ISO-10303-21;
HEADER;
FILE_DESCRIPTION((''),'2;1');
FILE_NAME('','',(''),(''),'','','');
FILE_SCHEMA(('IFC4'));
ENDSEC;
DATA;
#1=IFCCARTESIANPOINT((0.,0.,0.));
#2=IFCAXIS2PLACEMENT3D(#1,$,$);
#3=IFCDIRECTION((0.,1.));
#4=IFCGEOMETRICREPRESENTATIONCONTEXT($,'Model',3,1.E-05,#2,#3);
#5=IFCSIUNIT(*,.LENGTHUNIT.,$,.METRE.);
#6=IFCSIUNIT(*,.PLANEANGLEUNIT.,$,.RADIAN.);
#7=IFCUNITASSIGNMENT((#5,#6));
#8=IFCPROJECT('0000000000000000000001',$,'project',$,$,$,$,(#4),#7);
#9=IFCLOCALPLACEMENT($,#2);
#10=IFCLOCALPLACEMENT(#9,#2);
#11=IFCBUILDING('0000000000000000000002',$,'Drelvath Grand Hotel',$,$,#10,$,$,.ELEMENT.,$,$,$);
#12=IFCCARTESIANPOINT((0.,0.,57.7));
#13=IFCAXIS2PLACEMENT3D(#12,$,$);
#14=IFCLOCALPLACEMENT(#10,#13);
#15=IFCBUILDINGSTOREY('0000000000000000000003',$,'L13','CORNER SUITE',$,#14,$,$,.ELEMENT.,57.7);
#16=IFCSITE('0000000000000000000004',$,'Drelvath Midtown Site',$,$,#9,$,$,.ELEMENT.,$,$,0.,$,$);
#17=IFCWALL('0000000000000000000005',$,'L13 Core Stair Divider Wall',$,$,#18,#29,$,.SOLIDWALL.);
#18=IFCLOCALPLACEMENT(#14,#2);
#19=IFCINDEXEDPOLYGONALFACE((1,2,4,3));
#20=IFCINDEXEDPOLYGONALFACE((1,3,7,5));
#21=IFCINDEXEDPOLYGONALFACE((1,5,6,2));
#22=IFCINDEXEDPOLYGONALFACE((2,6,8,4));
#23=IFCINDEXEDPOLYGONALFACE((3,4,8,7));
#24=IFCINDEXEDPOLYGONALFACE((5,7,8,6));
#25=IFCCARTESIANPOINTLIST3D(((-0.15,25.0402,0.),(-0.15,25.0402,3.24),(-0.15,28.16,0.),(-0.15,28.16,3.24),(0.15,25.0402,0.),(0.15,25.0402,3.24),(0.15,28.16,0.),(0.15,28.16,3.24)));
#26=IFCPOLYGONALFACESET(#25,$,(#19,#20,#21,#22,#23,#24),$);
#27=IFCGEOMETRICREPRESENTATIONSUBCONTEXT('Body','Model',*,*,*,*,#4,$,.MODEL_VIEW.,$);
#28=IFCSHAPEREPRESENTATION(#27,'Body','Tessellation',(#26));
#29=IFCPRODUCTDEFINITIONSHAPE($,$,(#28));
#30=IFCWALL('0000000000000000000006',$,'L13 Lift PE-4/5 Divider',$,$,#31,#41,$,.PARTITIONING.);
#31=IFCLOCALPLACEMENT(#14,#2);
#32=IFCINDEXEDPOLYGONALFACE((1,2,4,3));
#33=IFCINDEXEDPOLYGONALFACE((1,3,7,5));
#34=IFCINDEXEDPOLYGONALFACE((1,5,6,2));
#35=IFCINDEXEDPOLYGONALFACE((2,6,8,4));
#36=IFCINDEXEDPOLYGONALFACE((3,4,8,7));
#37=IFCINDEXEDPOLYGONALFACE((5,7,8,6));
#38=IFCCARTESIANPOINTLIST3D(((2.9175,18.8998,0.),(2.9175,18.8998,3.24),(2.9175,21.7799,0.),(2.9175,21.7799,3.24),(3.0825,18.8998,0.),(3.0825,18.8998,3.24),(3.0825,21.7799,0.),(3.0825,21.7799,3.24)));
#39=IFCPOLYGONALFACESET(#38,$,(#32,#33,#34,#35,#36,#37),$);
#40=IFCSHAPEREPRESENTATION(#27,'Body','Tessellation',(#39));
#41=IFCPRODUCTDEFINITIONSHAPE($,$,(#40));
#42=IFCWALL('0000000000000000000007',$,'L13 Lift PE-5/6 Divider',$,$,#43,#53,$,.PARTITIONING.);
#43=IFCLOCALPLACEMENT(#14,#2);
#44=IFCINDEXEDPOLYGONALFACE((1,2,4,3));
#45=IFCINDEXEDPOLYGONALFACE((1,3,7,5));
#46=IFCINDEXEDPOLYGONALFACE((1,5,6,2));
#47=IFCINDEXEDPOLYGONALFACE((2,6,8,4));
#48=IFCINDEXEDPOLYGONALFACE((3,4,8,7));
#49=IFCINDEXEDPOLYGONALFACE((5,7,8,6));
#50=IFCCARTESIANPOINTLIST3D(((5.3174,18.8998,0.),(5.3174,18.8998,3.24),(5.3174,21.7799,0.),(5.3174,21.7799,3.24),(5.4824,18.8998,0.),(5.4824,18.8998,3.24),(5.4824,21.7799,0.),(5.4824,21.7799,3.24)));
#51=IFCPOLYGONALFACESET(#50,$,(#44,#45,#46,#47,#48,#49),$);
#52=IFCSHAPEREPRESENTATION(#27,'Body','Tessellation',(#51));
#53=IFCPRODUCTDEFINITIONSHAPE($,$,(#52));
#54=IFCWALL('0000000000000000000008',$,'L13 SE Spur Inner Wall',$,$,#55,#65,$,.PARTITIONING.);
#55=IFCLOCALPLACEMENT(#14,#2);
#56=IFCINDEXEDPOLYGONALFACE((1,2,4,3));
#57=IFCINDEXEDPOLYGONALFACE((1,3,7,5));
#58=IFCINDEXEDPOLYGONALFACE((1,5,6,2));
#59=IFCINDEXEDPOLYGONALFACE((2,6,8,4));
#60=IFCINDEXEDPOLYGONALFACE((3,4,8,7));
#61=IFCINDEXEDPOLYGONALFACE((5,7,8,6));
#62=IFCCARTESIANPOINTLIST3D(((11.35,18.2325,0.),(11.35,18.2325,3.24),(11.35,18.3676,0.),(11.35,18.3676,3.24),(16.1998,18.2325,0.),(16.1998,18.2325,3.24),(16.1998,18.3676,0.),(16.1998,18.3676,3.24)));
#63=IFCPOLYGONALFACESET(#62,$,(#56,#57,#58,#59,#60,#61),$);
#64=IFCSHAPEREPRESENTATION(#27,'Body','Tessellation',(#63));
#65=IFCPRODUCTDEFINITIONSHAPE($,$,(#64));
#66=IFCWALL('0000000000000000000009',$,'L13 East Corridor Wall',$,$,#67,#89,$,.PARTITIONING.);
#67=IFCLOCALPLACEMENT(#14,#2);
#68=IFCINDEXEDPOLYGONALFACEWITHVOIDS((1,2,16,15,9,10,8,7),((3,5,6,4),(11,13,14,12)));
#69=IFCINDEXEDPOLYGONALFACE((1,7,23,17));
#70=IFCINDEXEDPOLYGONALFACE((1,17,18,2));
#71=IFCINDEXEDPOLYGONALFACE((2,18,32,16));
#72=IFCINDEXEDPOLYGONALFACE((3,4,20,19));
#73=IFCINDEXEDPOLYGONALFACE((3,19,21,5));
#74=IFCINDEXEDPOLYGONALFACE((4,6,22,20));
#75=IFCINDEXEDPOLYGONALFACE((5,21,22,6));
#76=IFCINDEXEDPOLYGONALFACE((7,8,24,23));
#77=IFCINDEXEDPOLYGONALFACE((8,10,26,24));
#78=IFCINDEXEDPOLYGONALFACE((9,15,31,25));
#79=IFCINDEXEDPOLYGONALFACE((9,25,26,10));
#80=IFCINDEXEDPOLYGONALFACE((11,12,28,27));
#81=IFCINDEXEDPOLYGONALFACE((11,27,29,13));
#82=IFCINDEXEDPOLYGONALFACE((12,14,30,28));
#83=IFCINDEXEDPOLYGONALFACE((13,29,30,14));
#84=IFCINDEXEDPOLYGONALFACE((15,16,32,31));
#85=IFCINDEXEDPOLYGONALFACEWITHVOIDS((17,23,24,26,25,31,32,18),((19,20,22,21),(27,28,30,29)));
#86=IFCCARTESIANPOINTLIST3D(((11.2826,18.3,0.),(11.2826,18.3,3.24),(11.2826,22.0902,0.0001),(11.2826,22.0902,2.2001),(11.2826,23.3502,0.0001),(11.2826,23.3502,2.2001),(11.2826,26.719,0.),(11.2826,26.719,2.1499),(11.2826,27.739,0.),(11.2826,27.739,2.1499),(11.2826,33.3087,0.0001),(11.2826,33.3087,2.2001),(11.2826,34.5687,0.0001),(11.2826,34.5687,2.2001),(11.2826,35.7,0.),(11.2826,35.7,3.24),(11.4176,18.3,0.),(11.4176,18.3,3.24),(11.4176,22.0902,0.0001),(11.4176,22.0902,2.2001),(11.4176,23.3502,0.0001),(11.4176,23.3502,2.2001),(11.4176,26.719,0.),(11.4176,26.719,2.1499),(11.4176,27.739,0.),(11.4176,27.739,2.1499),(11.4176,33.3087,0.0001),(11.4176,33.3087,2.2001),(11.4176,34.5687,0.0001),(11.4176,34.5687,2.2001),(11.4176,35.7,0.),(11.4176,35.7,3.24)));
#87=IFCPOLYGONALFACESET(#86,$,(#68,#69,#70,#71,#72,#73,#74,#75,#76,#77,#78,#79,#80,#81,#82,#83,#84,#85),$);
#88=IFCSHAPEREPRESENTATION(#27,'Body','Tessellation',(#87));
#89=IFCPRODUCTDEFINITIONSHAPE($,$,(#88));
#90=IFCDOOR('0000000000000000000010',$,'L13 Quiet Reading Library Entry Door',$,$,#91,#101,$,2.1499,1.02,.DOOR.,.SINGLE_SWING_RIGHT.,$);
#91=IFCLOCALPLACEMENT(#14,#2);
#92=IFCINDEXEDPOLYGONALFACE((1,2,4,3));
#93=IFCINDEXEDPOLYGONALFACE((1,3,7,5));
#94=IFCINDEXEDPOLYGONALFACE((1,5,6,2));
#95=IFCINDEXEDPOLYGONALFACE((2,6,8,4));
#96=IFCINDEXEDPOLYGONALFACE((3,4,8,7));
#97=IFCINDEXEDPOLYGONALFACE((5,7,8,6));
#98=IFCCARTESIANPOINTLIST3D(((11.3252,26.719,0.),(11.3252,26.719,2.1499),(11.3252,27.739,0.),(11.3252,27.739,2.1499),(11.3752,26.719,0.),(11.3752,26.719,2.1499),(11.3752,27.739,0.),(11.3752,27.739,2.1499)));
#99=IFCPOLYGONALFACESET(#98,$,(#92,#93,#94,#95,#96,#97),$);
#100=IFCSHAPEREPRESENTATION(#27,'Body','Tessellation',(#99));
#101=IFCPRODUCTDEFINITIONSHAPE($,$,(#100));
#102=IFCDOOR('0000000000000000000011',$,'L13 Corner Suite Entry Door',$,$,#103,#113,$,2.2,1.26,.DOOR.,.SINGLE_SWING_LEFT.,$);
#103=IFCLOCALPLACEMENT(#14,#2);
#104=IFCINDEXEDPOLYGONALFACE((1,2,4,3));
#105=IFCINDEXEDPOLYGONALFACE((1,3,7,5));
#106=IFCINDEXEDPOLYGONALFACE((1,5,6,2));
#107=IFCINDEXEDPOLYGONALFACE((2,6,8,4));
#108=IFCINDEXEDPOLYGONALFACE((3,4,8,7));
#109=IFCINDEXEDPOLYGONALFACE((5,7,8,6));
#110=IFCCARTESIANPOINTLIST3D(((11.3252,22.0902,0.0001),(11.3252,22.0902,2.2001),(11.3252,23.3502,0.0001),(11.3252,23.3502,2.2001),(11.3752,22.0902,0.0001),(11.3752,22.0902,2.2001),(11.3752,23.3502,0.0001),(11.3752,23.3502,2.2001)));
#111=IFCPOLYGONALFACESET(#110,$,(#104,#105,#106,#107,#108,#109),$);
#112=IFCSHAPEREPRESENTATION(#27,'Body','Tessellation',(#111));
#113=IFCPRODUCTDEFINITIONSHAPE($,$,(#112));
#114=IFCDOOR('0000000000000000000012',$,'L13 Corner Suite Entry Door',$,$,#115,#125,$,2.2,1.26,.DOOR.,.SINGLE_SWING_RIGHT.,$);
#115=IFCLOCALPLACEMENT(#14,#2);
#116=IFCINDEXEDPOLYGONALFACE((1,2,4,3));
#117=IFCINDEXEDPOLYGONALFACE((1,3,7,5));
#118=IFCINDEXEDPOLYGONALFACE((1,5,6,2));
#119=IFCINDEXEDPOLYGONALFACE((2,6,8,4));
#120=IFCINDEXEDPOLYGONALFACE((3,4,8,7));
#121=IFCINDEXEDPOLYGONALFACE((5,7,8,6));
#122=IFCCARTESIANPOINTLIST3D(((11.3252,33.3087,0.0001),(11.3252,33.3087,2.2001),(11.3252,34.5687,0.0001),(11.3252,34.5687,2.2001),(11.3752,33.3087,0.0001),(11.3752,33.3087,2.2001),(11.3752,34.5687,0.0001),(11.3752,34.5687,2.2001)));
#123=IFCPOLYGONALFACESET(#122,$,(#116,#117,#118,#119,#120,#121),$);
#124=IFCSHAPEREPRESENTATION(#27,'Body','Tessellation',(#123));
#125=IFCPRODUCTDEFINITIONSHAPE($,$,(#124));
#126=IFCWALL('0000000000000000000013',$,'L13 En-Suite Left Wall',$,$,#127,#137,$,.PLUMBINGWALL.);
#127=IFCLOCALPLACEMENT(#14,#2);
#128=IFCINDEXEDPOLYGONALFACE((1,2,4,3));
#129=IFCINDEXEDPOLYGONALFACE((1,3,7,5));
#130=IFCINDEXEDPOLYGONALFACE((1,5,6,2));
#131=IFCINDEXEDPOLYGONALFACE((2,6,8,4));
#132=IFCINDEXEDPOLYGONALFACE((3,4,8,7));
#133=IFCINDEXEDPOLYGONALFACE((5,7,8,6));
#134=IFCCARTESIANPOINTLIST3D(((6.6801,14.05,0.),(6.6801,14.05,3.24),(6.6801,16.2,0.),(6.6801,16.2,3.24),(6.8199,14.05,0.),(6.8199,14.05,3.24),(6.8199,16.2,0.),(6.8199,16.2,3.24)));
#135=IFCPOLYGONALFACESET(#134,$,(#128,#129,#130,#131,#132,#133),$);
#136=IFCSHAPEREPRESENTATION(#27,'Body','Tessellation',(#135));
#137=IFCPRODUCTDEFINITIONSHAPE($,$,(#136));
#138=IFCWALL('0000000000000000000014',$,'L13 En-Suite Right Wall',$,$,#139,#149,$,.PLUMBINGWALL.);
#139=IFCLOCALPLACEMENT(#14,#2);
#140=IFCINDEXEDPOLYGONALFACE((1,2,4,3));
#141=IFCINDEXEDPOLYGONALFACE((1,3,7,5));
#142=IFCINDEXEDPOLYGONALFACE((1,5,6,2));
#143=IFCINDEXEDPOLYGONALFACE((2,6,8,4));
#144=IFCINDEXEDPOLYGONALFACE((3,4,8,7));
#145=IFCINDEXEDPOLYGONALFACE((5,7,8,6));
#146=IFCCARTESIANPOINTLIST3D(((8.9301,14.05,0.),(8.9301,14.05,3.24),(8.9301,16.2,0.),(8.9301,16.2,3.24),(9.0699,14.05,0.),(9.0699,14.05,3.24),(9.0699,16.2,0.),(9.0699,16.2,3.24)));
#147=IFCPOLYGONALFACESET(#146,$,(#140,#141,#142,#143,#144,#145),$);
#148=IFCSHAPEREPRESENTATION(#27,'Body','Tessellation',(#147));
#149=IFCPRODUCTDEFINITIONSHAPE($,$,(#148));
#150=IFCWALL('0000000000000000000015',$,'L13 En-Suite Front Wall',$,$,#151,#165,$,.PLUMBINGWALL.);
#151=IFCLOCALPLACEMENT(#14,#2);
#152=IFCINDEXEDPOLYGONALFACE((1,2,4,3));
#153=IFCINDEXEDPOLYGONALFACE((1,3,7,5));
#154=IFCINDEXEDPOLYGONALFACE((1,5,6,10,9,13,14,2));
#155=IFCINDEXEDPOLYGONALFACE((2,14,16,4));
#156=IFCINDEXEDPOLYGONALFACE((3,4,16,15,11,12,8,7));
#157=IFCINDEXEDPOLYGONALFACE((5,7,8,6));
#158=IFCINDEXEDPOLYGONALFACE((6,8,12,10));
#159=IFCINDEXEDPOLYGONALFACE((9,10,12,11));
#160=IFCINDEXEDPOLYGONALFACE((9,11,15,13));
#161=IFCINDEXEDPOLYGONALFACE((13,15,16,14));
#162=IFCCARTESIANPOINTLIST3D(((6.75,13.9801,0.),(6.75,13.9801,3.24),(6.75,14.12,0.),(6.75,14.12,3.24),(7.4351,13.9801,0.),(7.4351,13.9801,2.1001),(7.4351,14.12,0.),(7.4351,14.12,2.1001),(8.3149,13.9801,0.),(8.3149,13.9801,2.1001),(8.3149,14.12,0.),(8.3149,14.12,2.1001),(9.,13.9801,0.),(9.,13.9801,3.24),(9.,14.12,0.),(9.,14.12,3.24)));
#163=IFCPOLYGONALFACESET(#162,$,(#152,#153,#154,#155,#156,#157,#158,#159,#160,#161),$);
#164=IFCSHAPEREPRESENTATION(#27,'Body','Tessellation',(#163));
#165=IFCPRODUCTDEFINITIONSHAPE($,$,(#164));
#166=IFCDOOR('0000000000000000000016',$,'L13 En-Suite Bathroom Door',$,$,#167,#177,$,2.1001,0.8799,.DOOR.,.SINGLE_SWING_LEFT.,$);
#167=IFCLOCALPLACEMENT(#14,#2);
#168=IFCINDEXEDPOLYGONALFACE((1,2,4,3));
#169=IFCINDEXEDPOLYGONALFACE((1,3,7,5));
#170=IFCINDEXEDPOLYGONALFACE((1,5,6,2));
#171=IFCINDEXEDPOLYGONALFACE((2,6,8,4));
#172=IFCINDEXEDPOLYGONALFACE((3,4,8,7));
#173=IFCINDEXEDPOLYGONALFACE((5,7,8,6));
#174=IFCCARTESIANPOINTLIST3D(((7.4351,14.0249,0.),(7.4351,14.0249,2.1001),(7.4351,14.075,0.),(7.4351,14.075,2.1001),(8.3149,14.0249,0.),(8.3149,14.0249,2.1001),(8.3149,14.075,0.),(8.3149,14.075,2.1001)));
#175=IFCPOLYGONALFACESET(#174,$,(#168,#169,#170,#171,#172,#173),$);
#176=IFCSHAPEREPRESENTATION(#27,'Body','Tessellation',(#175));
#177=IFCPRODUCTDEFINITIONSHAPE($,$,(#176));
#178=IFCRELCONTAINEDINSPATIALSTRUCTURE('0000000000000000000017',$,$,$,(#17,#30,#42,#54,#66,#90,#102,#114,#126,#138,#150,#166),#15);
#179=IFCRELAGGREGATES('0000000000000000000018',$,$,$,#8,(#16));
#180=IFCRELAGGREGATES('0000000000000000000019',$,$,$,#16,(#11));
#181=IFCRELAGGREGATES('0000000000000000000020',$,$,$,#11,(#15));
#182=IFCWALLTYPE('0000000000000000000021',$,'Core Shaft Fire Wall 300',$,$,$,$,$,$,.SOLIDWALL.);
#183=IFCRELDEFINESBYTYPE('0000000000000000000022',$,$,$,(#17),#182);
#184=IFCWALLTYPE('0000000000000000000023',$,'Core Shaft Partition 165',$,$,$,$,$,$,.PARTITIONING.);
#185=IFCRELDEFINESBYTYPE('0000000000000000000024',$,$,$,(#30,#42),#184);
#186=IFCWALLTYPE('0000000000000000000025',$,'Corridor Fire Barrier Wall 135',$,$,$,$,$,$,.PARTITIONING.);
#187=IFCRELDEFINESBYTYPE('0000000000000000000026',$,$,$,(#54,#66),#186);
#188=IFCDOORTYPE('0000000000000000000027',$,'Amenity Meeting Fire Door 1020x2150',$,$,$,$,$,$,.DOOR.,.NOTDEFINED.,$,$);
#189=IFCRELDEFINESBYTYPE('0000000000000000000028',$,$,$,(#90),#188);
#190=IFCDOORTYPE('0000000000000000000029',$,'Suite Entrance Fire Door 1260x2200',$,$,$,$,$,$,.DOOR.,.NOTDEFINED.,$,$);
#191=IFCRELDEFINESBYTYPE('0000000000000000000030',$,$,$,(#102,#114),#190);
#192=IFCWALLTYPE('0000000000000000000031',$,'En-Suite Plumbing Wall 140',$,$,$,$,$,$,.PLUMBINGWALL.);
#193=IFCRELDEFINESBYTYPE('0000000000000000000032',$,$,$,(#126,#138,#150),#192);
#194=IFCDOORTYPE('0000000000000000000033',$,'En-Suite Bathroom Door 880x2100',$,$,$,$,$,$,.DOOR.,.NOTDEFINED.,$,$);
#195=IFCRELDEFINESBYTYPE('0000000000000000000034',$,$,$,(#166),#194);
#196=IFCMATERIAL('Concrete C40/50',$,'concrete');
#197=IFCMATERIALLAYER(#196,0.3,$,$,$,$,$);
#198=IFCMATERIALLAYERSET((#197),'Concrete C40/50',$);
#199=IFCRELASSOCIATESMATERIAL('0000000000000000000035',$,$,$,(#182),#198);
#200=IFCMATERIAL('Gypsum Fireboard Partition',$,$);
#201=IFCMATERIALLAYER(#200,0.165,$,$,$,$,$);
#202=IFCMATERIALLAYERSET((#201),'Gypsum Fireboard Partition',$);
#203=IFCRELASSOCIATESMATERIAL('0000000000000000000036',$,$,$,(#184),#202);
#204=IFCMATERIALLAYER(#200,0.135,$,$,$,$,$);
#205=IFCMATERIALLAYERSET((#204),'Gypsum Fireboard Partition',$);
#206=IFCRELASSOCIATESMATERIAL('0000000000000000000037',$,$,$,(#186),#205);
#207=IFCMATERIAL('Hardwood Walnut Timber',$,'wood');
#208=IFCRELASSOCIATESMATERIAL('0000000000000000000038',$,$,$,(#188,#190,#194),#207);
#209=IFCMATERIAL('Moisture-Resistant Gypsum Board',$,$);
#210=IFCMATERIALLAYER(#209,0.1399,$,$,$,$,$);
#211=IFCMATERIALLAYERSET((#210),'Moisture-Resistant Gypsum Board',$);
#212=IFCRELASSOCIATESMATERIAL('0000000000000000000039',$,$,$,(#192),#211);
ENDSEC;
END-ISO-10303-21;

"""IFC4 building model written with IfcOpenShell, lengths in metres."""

from ifc_helpers import new_model, si_unit, direction, frame, frame_2d, origin, place, context, subcontext, project, spatial, rectangle, extrude, material, layer, layer_set, type_object, element, fill, save


model = new_model("IFC4")

# Units and contexts
model_context = context("Model", 3, precision=1e-05, world=origin(), true_north=direction((0.0, 1.0)))
body_context = subcontext(model_context, "Body", "Model", "MODEL_VIEW")
ifc_project = project(units=[si_unit("LENGTHUNIT", "METRE"), si_unit("PLANEANGLEUNIT", "RADIAN")], contexts=[model_context])

# Site, building, storey
site_placement = place(None, origin())
site = spatial("IfcSite", under=ifc_project, at=site_placement, Name="Drelvath Midtown Site", CompositionType="ELEMENT", RefElevation=0.0)
building_placement = place(site_placement, origin())
building = spatial("IfcBuilding", under=site, at=building_placement, Name="Drelvath Grand Hotel", CompositionType="ELEMENT")
storey_placement = place(building_placement, frame((0.0, 0.0, 57.7)))
storey = spatial("IfcBuildingStorey", under=building, at=storey_placement, Name="L13", Description="CORNER SUITE", CompositionType="ELEMENT", Elevation=57.7)

# Walls
ifc_material_1 = material(Name="Concrete C40/50", Category="concrete")
ifc_layer_1 = layer(ifc_material_1, 0.3)
ifc_layer_set_1 = layer_set([ifc_layer_1], Name="Concrete C40/50")
wall_type_1 = type_object("IfcWallType", Name="Core Shaft Fire Wall 300", PredefinedType="SOLIDWALL", material=ifc_layer_set_1)
wall_1_placement = place(storey_placement, frame((0.0, 25.04, 0.0), z_axis=(0.0, 0.0, 1.0), x_axis=(0.0, 1.0, 0.0)))
element("IfcWall", 1, at=wall_1_placement, inside=storey, type_object=wall_type_1, Name="L13 Core Stair Divider Wall", PredefinedType="SOLIDWALL", context=body_context, shape_type="SweptSolid", body=[
    extrude(rectangle(XDim=3.1199, YDim=0.3, at=frame_2d((1.5601, 0.0))), origin(), (0.0, 0.0, 1.0), 3.24),
])
ifc_material_2 = material(Name="Gypsum Fireboard Partition")
ifc_layer_2 = layer(ifc_material_2, 0.165)
ifc_layer_set_2 = layer_set([ifc_layer_2], Name="Gypsum Fireboard Partition")
wall_type_2 = type_object("IfcWallType", Name="Core Shaft Partition 165", PredefinedType="PARTITIONING", material=ifc_layer_set_2)
for number, where, z_axis, x_axis, name in (
    (2, (3.0, 18.8999, 0.0), (0.0, 0.0, 1.0), (0.0, 1.0, 0.0), "L13 Lift PE-4/5 Divider"),
    (3, (5.3999, 18.8999, 0.0), (0.0, 0.0, 1.0), (0.0, 1.0, 0.0), "L13 Lift PE-5/6 Divider"),
):
    element("IfcWall", number, at=place(storey_placement, frame(where, z_axis=z_axis, x_axis=x_axis)), inside=storey, type_object=wall_type_2, Name=name, PredefinedType="PARTITIONING", context=body_context, shape_type="SweptSolid", body=[
        extrude(rectangle(XDim=2.8801, YDim=0.165, at=frame_2d((1.4399, 0.0))), origin(), (0.0, 0.0, 1.0), 3.24),
    ])
ifc_layer_3 = layer(ifc_material_2, 0.135)
ifc_layer_set_3 = layer_set([ifc_layer_3], Name="Gypsum Fireboard Partition")
wall_type_3 = type_object("IfcWallType", Name="Corridor Fire Barrier Wall 135", PredefinedType="PARTITIONING", material=ifc_layer_set_3)
wall_2_placement = place(storey_placement, frame((11.3501, 18.3, 0.0), z_axis=(0.0, 0.0, 1.0), x_axis=(1.0, 0.0, 0.0)))
element("IfcWall", 4, at=wall_2_placement, inside=storey, type_object=wall_type_3, Name="L13 SE Spur Inner Wall", PredefinedType="PARTITIONING", context=body_context, shape_type="SweptSolid", body=[
    extrude(rectangle(XDim=4.8499, YDim=0.135, at=frame_2d((2.4248, 0.0))), origin(), (0.0, 0.0, 1.0), 3.24),
])

# Wall, openings, doors
wall_3_placement = place(storey_placement, frame((11.3501, 18.3, 0.0), z_axis=(0.0, 0.0, 1.0), x_axis=(0.0, 1.0, 0.0)))
wall_3 = element("IfcWall", 5, at=wall_3_placement, inside=storey, type_object=wall_type_3, Name="L13 East Corridor Wall", PredefinedType="PARTITIONING", context=body_context, shape_type="SweptSolid", body=[
    extrude(rectangle(XDim=17.3999, YDim=0.135, at=frame_2d((8.7, 0.0))), origin(), (0.0, 0.0, 1.0), 3.24),
])
opening_1_placement = place(wall_3_placement, frame((3.7903, 0.0, 0.0)))
opening_1 = element("IfcOpeningElement", 6, at=opening_1_placement, cuts=wall_3, PredefinedType="OPENING", context=body_context, shape_type="SweptSolid", body=[
    extrude(rectangle(XDim=1.26, YDim=2.2, at=frame_2d((0.6299, 1.1001))), frame((0.0, 0.0774, 0.0), z_axis=(0.0, -1.0, 0.0), x_axis=(1.0, 0.0, 0.0)), (0.0, 0.0, 1.0), 0.155),
])
opening_2_placement = place(wall_3_placement, frame((8.4189, 0.0, 0.0)))
opening_2 = element("IfcOpeningElement", 7, at=opening_2_placement, cuts=wall_3, PredefinedType="OPENING", context=body_context, shape_type="SweptSolid", body=[
    extrude(rectangle(XDim=1.02, YDim=2.1499, at=frame_2d((0.51, 1.075))), frame((0.0, 0.0774, 0.0), z_axis=(0.0, -1.0, 0.0), x_axis=(1.0, 0.0, 0.0)), (0.0, 0.0, 1.0), 0.155),
])
opening_3_placement = place(wall_3_placement, frame((15.0088, 0.0, 0.0)))
opening_3 = element("IfcOpeningElement", 8, at=opening_3_placement, cuts=wall_3, PredefinedType="OPENING", context=body_context, shape_type="SweptSolid", body=[
    extrude(rectangle(XDim=1.26, YDim=2.2, at=frame_2d((0.6299, 1.1001))), frame((0.0, 0.0774, 0.0), z_axis=(0.0, -1.0, 0.0), x_axis=(1.0, 0.0, 0.0)), (0.0, 0.0, 1.0), 0.155),
])
ifc_material_3 = material(Name="Hardwood Walnut Timber", Category="wood")
door_type_1 = type_object("IfcDoorType", Name="Amenity Meeting Fire Door 1020x2150", OperationType="NOTDEFINED", PredefinedType="DOOR", material=ifc_material_3)
door_1_placement = place(opening_2_placement, origin())
door_1 = element("IfcDoor", 9, at=door_1_placement, inside=storey, type_object=door_type_1, Name="L13 Quiet Reading Library Entry Door", OperationType="SINGLE_SWING_RIGHT", OverallHeight=2.1499, OverallWidth=1.02, PredefinedType="DOOR", context=body_context, shape_type="SweptSolid", body=[
    extrude(rectangle(XDim=1.02, YDim=2.1499, at=frame_2d((0.51, 1.075))), frame((0.0, 0.0249, 0.0), z_axis=(0.0, -1.0, 0.0), x_axis=(1.0, 0.0, 0.0)), (0.0, 0.0, 1.0), 0.05),
])
fill(opening_2, door_1)
door_type_2 = type_object("IfcDoorType", Name="Suite Entrance Fire Door 1260x2200", OperationType="NOTDEFINED", PredefinedType="DOOR", material=ifc_material_3)
door_2_placement = place(opening_1_placement, origin())
door_2 = element("IfcDoor", 10, at=door_2_placement, inside=storey, type_object=door_type_2, Name="L13 Corner Suite Entry Door", OperationType="SINGLE_SWING_LEFT", OverallHeight=2.2, OverallWidth=1.26, PredefinedType="DOOR", context=body_context, shape_type="SweptSolid", body=[
    extrude(rectangle(XDim=1.26, YDim=2.2, at=frame_2d((0.6299, 1.1001))), frame((0.0, 0.0249, 0.0), z_axis=(0.0, -1.0, 0.0), x_axis=(1.0, 0.0, 0.0)), (0.0, 0.0, 1.0), 0.05),
])
fill(opening_1, door_2)
door_3_placement = place(opening_3_placement, origin())
door_3 = element("IfcDoor", 11, at=door_3_placement, inside=storey, type_object=door_type_2, Name="L13 Corner Suite Entry Door", OperationType="SINGLE_SWING_RIGHT", OverallHeight=2.2, OverallWidth=1.26, PredefinedType="DOOR", context=body_context, shape_type="SweptSolid", body=[
    extrude(rectangle(XDim=1.26, YDim=2.2, at=frame_2d((0.6299, 1.1001))), frame((0.0, 0.0249, 0.0), z_axis=(0.0, -1.0, 0.0), x_axis=(1.0, 0.0, 0.0)), (0.0, 0.0, 1.0), 0.05),
])
fill(opening_3, door_3)

# Walls
ifc_material_4 = material(Name="Moisture-Resistant Gypsum Board")
ifc_layer_4 = layer(ifc_material_4, 0.1399)
ifc_layer_set_4 = layer_set([ifc_layer_4], Name="Moisture-Resistant Gypsum Board")
wall_type_4 = type_object("IfcWallType", Name="En-Suite Plumbing Wall 140", PredefinedType="PLUMBINGWALL", material=ifc_layer_set_4)
for number, where, z_axis, x_axis, name in (
    (12, (6.75, 16.2, 0.0), (0.0, 0.0, 1.0), (0.0, -1.0, 0.0), "L13 En-Suite Left Wall"),
    (13, (9.0, 16.2, 0.0), (0.0, 0.0, 1.0), (0.0, -1.0, 0.0), "L13 En-Suite Right Wall"),
):
    element("IfcWall", number, at=place(storey_placement, frame(where, z_axis=z_axis, x_axis=x_axis)), inside=storey, type_object=wall_type_4, Name=name, PredefinedType="PLUMBINGWALL", context=body_context, shape_type="SweptSolid", body=[
        extrude(rectangle(XDim=2.1499, YDim=0.1399, at=frame_2d((1.075, 0.0))), origin(), (0.0, 0.0, 1.0), 3.24),
    ])

# Wall, opening, door
wall_4_placement = place(storey_placement, frame((6.75, 14.05, 0.0), z_axis=(0.0, 0.0, 1.0), x_axis=(1.0, 0.0, 0.0)))
wall_4 = element("IfcWall", 14, at=wall_4_placement, inside=storey, type_object=wall_type_4, Name="L13 En-Suite Front Wall", PredefinedType="PLUMBINGWALL", context=body_context, shape_type="SweptSolid", body=[
    extrude(rectangle(XDim=2.25, YDim=0.1399, at=frame_2d((1.125, 0.0))), origin(), (0.0, 0.0, 1.0), 3.24),
])
opening_4_placement = place(wall_4_placement, frame((0.6851, 0.0, 0.0)))
opening_4 = element("IfcOpeningElement", 15, at=opening_4_placement, cuts=wall_4, PredefinedType="OPENING", context=body_context, shape_type="SweptSolid", body=[
    extrude(rectangle(XDim=0.8799, YDim=2.1001, at=frame_2d((0.4399, 1.05))), frame((0.0, 0.0798, 0.0), z_axis=(0.0, -1.0, 0.0), x_axis=(1.0, 0.0, 0.0)), (0.0, 0.0, 1.0), 0.1599),
])
door_type_3 = type_object("IfcDoorType", Name="En-Suite Bathroom Door 880x2100", OperationType="NOTDEFINED", PredefinedType="DOOR", material=ifc_material_3)
door_4_placement = place(opening_4_placement, origin())
door_4 = element("IfcDoor", 16, at=door_4_placement, inside=storey, type_object=door_type_3, Name="L13 En-Suite Bathroom Door", OperationType="SINGLE_SWING_LEFT", OverallHeight=2.1001, OverallWidth=0.8799, PredefinedType="DOOR", context=body_context, shape_type="SweptSolid", body=[
    extrude(rectangle(XDim=0.8799, YDim=2.1001, at=frame_2d((0.4399, 1.05))), frame((0.0, 0.0249, 0.0), z_axis=(0.0, -1.0, 0.0), x_axis=(1.0, 0.0, 0.0)), (0.0, 0.0, 1.0), 0.05),
])
fill(opening_4, door_4)

save(model, "model.ifc")
